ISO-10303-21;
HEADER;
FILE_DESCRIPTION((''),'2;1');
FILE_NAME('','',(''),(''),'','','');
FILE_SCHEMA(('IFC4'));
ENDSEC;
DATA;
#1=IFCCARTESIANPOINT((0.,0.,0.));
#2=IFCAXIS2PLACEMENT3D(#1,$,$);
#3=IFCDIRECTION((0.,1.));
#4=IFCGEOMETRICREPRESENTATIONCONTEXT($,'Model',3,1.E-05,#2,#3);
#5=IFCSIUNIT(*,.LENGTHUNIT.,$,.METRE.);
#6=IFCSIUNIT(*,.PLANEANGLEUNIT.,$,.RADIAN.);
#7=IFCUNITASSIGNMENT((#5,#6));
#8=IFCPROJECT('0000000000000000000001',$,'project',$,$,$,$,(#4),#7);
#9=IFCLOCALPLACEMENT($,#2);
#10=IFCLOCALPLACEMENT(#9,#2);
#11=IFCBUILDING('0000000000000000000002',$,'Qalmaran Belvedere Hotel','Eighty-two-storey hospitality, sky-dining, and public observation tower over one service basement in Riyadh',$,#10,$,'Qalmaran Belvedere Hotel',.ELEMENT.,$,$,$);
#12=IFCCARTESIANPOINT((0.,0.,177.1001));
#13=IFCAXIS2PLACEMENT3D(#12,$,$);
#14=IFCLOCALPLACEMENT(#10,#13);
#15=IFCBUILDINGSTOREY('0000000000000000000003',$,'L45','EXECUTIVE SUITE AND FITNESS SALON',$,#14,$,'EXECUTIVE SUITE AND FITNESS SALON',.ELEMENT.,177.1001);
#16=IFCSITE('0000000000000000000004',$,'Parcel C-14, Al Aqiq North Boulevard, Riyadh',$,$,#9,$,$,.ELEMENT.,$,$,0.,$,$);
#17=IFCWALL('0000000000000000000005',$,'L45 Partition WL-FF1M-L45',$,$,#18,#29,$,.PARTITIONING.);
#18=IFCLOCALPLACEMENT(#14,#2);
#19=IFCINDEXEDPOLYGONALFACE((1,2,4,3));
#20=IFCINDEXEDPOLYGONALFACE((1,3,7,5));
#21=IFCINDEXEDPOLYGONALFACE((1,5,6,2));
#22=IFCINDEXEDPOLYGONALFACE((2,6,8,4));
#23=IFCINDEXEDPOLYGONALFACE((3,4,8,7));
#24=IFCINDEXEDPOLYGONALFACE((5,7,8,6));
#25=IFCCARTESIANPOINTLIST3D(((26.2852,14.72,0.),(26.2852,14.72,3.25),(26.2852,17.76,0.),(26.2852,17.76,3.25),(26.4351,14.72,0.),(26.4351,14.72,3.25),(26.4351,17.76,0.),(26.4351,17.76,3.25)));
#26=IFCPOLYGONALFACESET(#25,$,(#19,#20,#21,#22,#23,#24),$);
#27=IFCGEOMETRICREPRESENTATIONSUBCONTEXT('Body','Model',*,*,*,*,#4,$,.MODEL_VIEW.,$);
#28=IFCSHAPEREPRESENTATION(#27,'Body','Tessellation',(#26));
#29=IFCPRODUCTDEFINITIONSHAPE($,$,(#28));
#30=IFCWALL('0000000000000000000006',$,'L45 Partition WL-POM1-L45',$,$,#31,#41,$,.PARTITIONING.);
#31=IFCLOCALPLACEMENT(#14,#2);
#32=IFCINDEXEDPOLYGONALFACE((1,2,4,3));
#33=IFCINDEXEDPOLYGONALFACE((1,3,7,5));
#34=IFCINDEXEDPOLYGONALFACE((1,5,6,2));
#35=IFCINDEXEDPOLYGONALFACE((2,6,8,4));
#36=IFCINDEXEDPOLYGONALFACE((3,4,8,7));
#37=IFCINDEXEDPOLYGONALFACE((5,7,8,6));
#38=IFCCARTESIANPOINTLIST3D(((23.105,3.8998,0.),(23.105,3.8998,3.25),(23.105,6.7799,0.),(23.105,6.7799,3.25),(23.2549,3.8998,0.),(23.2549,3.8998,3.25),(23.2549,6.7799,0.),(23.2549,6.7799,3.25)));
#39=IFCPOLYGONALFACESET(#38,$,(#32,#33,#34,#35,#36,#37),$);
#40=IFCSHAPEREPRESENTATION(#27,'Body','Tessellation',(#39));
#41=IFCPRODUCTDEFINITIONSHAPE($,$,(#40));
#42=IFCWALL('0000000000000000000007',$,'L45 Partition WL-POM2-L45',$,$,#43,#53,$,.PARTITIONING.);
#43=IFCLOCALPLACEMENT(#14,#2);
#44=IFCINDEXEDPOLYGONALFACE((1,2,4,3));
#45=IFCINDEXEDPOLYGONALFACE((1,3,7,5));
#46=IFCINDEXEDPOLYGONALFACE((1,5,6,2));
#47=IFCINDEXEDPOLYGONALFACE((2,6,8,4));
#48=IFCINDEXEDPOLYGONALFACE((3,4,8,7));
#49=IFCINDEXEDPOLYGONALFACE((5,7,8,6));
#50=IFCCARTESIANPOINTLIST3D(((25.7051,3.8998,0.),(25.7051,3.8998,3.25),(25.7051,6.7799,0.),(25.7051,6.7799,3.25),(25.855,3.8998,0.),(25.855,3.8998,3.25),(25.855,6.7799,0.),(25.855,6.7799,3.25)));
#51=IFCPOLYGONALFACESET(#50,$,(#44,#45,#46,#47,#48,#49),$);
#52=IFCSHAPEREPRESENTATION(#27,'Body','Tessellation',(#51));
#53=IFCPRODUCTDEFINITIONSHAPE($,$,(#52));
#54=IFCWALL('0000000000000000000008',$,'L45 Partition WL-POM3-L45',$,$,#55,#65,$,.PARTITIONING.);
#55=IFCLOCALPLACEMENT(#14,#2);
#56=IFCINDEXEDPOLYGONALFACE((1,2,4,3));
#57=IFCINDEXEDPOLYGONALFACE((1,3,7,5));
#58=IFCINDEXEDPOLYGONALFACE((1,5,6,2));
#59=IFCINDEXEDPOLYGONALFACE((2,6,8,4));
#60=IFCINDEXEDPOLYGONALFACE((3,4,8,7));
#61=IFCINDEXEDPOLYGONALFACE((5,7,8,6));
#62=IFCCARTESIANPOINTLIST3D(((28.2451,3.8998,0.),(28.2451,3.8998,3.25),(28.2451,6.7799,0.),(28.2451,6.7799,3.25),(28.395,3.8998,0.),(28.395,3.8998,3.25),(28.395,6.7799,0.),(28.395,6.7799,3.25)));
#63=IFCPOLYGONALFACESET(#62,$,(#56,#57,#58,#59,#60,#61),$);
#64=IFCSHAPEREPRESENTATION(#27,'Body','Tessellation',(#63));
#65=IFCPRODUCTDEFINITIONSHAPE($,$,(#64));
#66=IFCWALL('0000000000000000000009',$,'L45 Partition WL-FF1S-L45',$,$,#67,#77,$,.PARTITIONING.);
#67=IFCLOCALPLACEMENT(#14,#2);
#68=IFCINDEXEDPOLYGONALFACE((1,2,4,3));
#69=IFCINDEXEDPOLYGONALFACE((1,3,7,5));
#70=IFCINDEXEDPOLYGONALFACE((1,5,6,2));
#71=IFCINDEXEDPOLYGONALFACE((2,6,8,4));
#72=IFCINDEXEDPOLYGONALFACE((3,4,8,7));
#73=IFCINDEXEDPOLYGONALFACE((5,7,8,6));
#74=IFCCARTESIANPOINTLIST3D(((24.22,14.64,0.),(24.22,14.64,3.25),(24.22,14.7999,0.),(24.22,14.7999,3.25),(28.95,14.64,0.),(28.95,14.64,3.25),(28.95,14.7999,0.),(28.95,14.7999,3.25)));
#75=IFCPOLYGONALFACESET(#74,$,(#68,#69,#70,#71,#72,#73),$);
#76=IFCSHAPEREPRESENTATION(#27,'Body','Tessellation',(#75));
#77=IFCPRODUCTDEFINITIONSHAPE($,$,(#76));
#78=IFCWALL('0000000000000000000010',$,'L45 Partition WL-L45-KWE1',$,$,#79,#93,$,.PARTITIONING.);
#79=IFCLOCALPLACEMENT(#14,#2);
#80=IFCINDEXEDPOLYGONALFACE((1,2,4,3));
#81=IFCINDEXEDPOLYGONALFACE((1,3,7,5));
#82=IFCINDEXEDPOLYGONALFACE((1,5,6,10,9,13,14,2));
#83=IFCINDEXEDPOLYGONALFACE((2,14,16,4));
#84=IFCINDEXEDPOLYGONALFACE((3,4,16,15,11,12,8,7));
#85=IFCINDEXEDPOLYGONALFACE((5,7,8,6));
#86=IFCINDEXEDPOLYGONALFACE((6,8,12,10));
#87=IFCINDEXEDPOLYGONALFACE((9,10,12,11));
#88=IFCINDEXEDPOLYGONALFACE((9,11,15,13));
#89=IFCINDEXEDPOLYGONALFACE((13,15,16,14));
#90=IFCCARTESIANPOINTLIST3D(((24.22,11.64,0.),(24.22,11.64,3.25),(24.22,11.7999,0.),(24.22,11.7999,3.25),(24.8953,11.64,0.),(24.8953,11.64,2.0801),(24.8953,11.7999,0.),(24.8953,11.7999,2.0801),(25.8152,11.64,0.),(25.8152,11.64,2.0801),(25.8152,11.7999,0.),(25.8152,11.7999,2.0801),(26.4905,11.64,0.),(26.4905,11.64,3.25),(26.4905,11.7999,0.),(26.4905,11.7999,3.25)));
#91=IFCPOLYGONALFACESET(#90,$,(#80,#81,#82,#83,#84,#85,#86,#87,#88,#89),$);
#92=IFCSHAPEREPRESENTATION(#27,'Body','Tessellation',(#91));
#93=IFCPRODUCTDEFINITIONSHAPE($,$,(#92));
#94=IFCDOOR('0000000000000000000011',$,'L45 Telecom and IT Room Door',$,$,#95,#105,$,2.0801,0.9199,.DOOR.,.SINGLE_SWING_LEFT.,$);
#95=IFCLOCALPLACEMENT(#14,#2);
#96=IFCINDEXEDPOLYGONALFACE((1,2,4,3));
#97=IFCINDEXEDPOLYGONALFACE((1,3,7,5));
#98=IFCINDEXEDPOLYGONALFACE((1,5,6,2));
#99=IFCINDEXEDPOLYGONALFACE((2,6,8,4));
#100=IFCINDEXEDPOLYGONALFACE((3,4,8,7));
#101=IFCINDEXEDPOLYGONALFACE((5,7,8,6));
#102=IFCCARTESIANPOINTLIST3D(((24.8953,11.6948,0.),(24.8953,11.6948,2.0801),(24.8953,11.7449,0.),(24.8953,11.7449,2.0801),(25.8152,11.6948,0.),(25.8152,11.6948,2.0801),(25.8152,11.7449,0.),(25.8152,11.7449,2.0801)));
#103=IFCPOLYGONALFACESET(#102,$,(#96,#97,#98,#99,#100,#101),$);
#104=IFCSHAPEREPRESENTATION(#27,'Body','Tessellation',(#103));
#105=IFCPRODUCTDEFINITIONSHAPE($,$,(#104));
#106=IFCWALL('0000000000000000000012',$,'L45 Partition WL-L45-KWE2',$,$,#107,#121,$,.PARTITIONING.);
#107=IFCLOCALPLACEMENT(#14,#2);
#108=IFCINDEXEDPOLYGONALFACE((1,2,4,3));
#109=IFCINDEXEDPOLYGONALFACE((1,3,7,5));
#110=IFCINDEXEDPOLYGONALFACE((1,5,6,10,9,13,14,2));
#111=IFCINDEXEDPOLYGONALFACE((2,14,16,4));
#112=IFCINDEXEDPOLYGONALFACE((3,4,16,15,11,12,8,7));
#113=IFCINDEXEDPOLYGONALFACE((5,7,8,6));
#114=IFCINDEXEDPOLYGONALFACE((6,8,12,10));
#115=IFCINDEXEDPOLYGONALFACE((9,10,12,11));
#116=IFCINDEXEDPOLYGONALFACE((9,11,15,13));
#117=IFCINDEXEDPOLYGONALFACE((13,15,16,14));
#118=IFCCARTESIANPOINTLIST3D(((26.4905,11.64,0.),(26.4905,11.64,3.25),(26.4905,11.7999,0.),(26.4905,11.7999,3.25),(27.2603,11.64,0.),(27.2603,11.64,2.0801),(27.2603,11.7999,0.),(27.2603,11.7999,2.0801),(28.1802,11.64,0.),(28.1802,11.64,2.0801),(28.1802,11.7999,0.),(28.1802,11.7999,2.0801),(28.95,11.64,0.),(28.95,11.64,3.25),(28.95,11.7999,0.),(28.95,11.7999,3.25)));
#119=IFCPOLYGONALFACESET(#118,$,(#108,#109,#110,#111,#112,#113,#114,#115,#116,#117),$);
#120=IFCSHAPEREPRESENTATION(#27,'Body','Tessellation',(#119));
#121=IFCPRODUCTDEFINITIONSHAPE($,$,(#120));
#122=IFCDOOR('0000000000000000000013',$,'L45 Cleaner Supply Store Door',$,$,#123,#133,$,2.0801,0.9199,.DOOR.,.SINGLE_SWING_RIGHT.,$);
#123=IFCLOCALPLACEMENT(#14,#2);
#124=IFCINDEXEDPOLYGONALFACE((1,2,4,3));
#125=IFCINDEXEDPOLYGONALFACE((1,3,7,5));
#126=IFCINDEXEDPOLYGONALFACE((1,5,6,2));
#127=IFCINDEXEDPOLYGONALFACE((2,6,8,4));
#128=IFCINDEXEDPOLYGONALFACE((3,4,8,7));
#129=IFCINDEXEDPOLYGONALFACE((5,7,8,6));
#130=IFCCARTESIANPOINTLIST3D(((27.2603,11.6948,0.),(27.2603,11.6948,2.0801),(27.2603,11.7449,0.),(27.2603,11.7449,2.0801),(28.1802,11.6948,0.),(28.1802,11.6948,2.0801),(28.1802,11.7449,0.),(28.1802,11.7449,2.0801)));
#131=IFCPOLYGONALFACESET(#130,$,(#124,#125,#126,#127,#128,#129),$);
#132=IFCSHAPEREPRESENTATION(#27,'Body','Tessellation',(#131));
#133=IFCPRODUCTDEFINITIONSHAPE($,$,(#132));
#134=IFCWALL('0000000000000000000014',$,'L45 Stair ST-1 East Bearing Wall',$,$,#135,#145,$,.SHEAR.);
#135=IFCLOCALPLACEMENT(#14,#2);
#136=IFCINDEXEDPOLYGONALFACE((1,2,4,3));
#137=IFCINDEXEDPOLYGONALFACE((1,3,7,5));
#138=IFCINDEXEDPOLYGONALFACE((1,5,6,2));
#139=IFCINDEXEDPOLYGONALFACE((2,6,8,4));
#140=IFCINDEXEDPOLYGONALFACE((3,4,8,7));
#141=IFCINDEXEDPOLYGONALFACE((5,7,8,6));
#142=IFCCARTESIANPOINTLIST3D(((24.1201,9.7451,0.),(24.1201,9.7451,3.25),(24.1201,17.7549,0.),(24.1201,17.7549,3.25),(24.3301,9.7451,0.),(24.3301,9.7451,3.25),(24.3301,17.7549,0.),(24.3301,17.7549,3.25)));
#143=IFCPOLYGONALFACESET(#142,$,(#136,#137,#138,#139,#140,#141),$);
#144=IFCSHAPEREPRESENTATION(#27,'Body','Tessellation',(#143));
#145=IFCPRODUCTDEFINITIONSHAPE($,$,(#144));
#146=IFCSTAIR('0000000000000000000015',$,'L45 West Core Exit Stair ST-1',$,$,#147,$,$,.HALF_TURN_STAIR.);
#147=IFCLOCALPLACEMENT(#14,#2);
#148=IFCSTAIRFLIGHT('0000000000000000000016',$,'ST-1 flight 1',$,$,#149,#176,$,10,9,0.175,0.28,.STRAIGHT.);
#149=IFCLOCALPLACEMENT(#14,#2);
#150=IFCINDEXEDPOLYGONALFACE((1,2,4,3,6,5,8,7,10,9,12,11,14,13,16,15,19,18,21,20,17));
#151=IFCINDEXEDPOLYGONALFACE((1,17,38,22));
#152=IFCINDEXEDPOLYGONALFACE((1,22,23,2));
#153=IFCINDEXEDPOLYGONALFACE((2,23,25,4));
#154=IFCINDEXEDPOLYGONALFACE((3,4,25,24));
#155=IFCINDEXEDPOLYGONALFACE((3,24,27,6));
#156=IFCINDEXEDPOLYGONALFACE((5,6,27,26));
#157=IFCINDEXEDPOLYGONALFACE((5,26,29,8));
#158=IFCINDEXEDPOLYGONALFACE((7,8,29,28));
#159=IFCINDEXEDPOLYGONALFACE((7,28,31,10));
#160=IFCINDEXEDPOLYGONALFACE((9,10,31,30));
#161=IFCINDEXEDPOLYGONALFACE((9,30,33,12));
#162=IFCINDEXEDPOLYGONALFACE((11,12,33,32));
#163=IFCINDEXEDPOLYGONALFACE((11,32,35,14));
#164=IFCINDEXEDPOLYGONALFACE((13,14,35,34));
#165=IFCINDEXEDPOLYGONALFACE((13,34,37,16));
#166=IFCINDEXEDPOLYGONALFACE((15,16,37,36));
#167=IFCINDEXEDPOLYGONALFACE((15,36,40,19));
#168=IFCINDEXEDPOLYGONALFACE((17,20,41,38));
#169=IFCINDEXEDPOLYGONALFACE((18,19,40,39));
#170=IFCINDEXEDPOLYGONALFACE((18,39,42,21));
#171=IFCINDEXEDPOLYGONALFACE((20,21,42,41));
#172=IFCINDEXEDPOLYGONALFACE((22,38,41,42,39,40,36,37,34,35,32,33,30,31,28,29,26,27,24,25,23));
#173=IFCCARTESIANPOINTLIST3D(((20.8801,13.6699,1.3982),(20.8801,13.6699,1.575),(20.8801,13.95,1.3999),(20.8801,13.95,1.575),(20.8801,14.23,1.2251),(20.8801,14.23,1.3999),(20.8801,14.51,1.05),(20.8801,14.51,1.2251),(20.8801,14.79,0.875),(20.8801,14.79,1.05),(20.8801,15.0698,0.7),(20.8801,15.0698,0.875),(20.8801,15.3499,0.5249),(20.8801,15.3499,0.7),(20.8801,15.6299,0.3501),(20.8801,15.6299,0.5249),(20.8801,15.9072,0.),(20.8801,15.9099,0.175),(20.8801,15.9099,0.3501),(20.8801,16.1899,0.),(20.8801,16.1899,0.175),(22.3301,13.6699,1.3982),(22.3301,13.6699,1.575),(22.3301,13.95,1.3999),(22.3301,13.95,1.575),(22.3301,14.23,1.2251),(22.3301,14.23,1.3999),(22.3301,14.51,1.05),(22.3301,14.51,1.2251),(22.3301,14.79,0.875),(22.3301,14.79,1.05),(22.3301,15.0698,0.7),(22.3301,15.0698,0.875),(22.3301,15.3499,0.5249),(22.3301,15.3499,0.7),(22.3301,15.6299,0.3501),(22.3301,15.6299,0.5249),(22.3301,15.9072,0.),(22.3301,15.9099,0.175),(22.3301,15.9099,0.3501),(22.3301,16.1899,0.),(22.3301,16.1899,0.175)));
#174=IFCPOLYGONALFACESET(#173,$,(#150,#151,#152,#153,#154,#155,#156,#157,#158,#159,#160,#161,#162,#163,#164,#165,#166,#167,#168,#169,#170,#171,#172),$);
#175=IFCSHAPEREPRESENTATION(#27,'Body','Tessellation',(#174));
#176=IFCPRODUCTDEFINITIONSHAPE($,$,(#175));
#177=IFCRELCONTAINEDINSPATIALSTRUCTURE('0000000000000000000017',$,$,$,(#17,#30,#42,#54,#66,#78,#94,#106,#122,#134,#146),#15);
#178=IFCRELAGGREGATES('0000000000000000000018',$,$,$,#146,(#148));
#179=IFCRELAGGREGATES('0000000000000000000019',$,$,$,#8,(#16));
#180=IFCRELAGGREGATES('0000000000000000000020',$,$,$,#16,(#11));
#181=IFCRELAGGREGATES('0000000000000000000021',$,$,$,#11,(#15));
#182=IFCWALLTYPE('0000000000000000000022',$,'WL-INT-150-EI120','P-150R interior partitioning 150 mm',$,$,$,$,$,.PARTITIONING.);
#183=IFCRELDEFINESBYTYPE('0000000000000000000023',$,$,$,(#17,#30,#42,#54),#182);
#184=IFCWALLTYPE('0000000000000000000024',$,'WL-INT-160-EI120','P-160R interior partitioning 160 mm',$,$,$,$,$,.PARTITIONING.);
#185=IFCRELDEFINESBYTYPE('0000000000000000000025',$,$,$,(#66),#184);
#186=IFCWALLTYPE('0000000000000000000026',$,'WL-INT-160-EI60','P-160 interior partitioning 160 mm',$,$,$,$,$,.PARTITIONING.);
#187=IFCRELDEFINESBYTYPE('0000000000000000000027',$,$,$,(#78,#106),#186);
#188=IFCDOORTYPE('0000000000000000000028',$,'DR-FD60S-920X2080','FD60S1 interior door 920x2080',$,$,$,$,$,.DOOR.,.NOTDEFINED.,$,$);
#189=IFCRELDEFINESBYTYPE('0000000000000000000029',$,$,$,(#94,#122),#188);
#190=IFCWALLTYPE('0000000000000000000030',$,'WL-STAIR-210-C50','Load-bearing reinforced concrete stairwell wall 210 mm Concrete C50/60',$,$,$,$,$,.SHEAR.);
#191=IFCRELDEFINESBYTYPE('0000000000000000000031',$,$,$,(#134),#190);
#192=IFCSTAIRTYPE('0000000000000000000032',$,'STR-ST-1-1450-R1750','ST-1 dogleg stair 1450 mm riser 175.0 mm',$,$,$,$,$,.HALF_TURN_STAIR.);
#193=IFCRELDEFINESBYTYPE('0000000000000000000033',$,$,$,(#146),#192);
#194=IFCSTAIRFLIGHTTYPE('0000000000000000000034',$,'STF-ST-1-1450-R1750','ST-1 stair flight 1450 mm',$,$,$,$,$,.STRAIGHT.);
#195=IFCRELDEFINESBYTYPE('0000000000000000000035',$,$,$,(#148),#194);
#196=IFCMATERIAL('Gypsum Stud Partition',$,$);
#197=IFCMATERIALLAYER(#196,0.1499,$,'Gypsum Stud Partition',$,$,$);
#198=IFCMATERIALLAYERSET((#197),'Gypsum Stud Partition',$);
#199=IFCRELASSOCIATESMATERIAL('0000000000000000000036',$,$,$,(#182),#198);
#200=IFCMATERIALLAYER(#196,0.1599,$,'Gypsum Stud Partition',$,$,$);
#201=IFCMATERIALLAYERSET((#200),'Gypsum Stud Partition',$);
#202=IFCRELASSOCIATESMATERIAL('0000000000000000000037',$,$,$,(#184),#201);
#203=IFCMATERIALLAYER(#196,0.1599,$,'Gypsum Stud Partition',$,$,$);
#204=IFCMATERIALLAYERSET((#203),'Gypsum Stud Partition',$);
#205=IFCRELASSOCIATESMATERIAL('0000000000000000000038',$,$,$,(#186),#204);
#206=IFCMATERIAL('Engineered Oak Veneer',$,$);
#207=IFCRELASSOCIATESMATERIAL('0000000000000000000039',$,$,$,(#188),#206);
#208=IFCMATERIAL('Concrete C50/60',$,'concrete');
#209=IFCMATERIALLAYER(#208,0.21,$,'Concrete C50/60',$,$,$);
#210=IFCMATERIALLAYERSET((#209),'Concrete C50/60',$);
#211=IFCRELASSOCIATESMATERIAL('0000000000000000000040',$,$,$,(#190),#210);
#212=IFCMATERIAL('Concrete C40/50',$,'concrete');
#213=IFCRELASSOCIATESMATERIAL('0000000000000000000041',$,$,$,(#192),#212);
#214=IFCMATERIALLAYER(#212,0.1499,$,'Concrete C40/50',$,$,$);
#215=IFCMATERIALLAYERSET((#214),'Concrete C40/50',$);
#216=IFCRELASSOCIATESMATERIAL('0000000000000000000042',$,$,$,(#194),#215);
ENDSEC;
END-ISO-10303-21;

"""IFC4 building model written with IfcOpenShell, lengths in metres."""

from ifc_helpers import new_model, si_unit, direction, frame, frame_2d, origin, place, context, subcontext, project, spatial, polyline, rectangle, outline, extrude, material, layer, layer_set, type_object, element, fill, aggregate, save


model = new_model("IFC4")

# Units and contexts
model_context = context("Model", 3, precision=1e-05, world=origin(), true_north=direction((0.0, 1.0)))
body_context = subcontext(model_context, "Body", "Model", "MODEL_VIEW")
ifc_project = project(units=[si_unit("LENGTHUNIT", "METRE"), si_unit("PLANEANGLEUNIT", "RADIAN")], contexts=[model_context])

# Site, building, storey
site_placement = place(None, origin())
site = spatial("IfcSite", under=ifc_project, at=site_placement, Name="Parcel C-14, Al Aqiq North Boulevard, Riyadh", CompositionType="ELEMENT", RefElevation=0.0)
building_placement = place(site_placement, origin())
building = spatial("IfcBuilding", under=site, at=building_placement, Name="Qalmaran Belvedere Hotel", Description="Eighty-two-storey hospitality, sky-dining, and public observation tower over one service basement in Riyadh", LongName="Qalmaran Belvedere Hotel", CompositionType="ELEMENT")
storey_placement = place(building_placement, frame((0.0, 0.0, 177.1001)))
storey = spatial("IfcBuildingStorey", under=building, at=storey_placement, Name="L45", Description="EXECUTIVE SUITE AND FITNESS SALON", LongName="EXECUTIVE SUITE AND FITNESS SALON", CompositionType="ELEMENT", Elevation=177.1001)

# Walls
ifc_material_1 = material(Name="Gypsum Stud Partition")
ifc_layer_1 = layer(ifc_material_1, 0.1499, Name="Gypsum Stud Partition")
ifc_layer_set_1 = layer_set([ifc_layer_1], Name="Gypsum Stud Partition")
wall_type_1 = type_object("IfcWallType", Name="WL-INT-150-EI120", Description="P-150R interior partitioning 150 mm", PredefinedType="PARTITIONING", material=ifc_layer_set_1)
wall_1_placement = place(storey_placement, frame((26.3601, 14.72, 0.0), z_axis=(0.0, 0.0, 1.0), x_axis=(0.0, 1.0, 0.0)))
element("IfcWall", 1, at=wall_1_placement, inside=storey, type_object=wall_type_1, Name="L45 Partition WL-FF1M-L45", PredefinedType="PARTITIONING", context=body_context, shape_type="SweptSolid", body=[
    extrude(rectangle(XDim=3.04, YDim=0.1499, at=frame_2d((1.52, 0.0))), origin(), (0.0, 0.0, 1.0), 3.25),
])
for number, where, z_axis, x_axis, name in (
    (2, (23.1799, 3.8999, 0.0), (0.0, 0.0, 1.0), (0.0, 1.0, 0.0), "L45 Partition WL-POM1-L45"),
    (3, (25.78, 3.8999, 0.0), (0.0, 0.0, 1.0), (0.0, 1.0, 0.0), "L45 Partition WL-POM2-L45"),
    (4, (28.3201, 3.8999, 0.0), (0.0, 0.0, 1.0), (0.0, 1.0, 0.0), "L45 Partition WL-POM3-L45"),
):
    element("IfcWall", number, at=place(storey_placement, frame(where, z_axis=z_axis, x_axis=x_axis)), inside=storey, type_object=wall_type_1, Name=name, PredefinedType="PARTITIONING", context=body_context, shape_type="SweptSolid", body=[
        extrude(rectangle(XDim=2.8801, YDim=0.1499, at=frame_2d((1.4399, 0.0))), origin(), (0.0, 0.0, 1.0), 3.25),
    ])
ifc_layer_2 = layer(ifc_material_1, 0.1599, Name="Gypsum Stud Partition")
ifc_layer_set_2 = layer_set([ifc_layer_2], Name="Gypsum Stud Partition")
wall_type_2 = type_object("IfcWallType", Name="WL-INT-160-EI120", Description="P-160R interior partitioning 160 mm", PredefinedType="PARTITIONING", material=ifc_layer_set_2)
wall_2_placement = place(storey_placement, frame((24.22, 14.72, 0.0), z_axis=(0.0, 0.0, 1.0), x_axis=(1.0, 0.0, 0.0)))
element("IfcWall", 5, at=wall_2_placement, inside=storey, type_object=wall_type_2, Name="L45 Partition WL-FF1S-L45", PredefinedType="PARTITIONING", context=body_context, shape_type="SweptSolid", body=[
    extrude(rectangle(XDim=4.73, YDim=0.1599, at=frame_2d((2.365, 0.0))), origin(), (0.0, 0.0, 1.0), 3.25),
])

# Walls, openings, doors
ifc_layer_3 = layer(ifc_material_1, 0.1599, Name="Gypsum Stud Partition")
ifc_layer_set_3 = layer_set([ifc_layer_3], Name="Gypsum Stud Partition")
wall_type_3 = type_object("IfcWallType", Name="WL-INT-160-EI60", Description="P-160 interior partitioning 160 mm", PredefinedType="PARTITIONING", material=ifc_layer_set_3)
wall_3_placement = place(storey_placement, frame((24.22, 11.72, 0.0), z_axis=(0.0, 0.0, 1.0), x_axis=(1.0, 0.0, 0.0)))
wall_3 = element("IfcWall", 6, at=wall_3_placement, inside=storey, type_object=wall_type_3, Name="L45 Partition WL-L45-KWE1", PredefinedType="PARTITIONING", context=body_context, shape_type="SweptSolid", body=[
    extrude(rectangle(XDim=2.2705, YDim=0.1599, at=frame_2d((1.1353, 0.0))), origin(), (0.0, 0.0, 1.0), 3.25),
])
opening_1_placement = place(wall_3_placement, frame((0.6753, 0.0, 0.0)))
opening_1 = element("IfcOpeningElement", 7, at=opening_1_placement, cuts=wall_3, PredefinedType="OPENING", context=body_context, shape_type="SweptSolid", body=[
    extrude(rectangle(XDim=0.9199, YDim=2.0801, at=frame_2d((0.46, 1.04))), frame((0.0, 0.0898, 0.0), z_axis=(0.0, -1.0, 0.0), x_axis=(1.0, 0.0, 0.0)), (0.0, 0.0, 1.0), 0.1799),
])
ifc_material_2 = material(Name="Engineered Oak Veneer")
door_type_1 = type_object("IfcDoorType", Name="DR-FD60S-920X2080", Description="FD60S1 interior door 920x2080", OperationType="NOTDEFINED", PredefinedType="DOOR", material=ifc_material_2)
door_1_placement = place(opening_1_placement, origin())
door_1 = element("IfcDoor", 8, at=door_1_placement, inside=storey, type_object=door_type_1, Name="L45 Telecom and IT Room Door", OperationType="SINGLE_SWING_LEFT", OverallHeight=2.0801, OverallWidth=0.9199, PredefinedType="DOOR", context=body_context, shape_type="SweptSolid", body=[
    extrude(rectangle(XDim=0.9199, YDim=2.0801, at=frame_2d((0.46, 1.04))), frame((0.0, 0.0249, 0.0), z_axis=(0.0, -1.0, 0.0), x_axis=(1.0, 0.0, 0.0)), (0.0, 0.0, 1.0), 0.05),
])
fill(opening_1, door_1)
wall_4_placement = place(storey_placement, frame((26.4905, 11.72, 0.0), z_axis=(0.0, 0.0, 1.0), x_axis=(1.0, 0.0, 0.0)))
wall_4 = element("IfcWall", 9, at=wall_4_placement, inside=storey, type_object=wall_type_3, Name="L45 Partition WL-L45-KWE2", PredefinedType="PARTITIONING", context=body_context, shape_type="SweptSolid", body=[
    extrude(rectangle(XDim=2.4595, YDim=0.1599, at=frame_2d((1.2297, 0.0))), origin(), (0.0, 0.0, 1.0), 3.25),
])
opening_2_placement = place(wall_4_placement, frame((0.7698, 0.0, 0.0)))
opening_2 = element("IfcOpeningElement", 10, at=opening_2_placement, cuts=wall_4, PredefinedType="OPENING", context=body_context, shape_type="SweptSolid", body=[
    extrude(rectangle(XDim=0.9199, YDim=2.0801, at=frame_2d((0.46, 1.04))), frame((0.0, 0.0898, 0.0), z_axis=(0.0, -1.0, 0.0), x_axis=(1.0, 0.0, 0.0)), (0.0, 0.0, 1.0), 0.1799),
])
door_2_placement = place(opening_2_placement, origin())
door_2 = element("IfcDoor", 11, at=door_2_placement, inside=storey, type_object=door_type_1, Name="L45 Cleaner Supply Store Door", OperationType="SINGLE_SWING_RIGHT", OverallHeight=2.0801, OverallWidth=0.9199, PredefinedType="DOOR", context=body_context, shape_type="SweptSolid", body=[
    extrude(rectangle(XDim=0.9199, YDim=2.0801, at=frame_2d((0.46, 1.04))), frame((0.0, 0.0249, 0.0), z_axis=(0.0, -1.0, 0.0), x_axis=(1.0, 0.0, 0.0)), (0.0, 0.0, 1.0), 0.05),
])
fill(opening_2, door_2)

# Wall
ifc_material_3 = material(Name="Concrete C50/60", Category="concrete")
ifc_layer_4 = layer(ifc_material_3, 0.21, Name="Concrete C50/60")
ifc_layer_set_4 = layer_set([ifc_layer_4], Name="Concrete C50/60")
wall_type_4 = type_object("IfcWallType", Name="WL-STAIR-210-C50", Description="Load-bearing reinforced concrete stairwell wall 210 mm Concrete C50/60", PredefinedType="SHEAR", material=ifc_layer_set_4)
wall_5_placement = place(storey_placement, frame((24.2251, 9.7451, 0.0), z_axis=(0.0, 0.0, 1.0), x_axis=(0.0, 1.0, 0.0)))
element("IfcWall", 12, at=wall_5_placement, inside=storey, type_object=wall_type_4, Name="L45 Stair ST-1 East Bearing Wall", PredefinedType="SHEAR", context=body_context, shape_type="SweptSolid", body=[
    extrude(rectangle(XDim=8.0098, YDim=0.21, at=frame_2d((4.0049, 0.0))), origin(), (0.0, 0.0, 1.0), 3.25),
])

# Stair, stair flight
ifc_material_4 = material(Name="Concrete C40/50", Category="concrete")
stair_type = type_object("IfcStairType", Name="STR-ST-1-1450-R1750", Description="ST-1 dogleg stair 1450 mm riser 175.0 mm", PredefinedType="HALF_TURN_STAIR", material=ifc_material_4)
stair_placement = place(storey_placement, origin())
stair = element("IfcStair", 13, at=stair_placement, inside=storey, type_object=stair_type, Name="L45 West Core Exit Stair ST-1", PredefinedType="HALF_TURN_STAIR")
ifc_layer_5 = layer(ifc_material_4, 0.1499, Name="Concrete C40/50")
ifc_layer_set_5 = layer_set([ifc_layer_5], Name="Concrete C40/50")
stair_flight_type = type_object("IfcStairFlightType", Name="STF-ST-1-1450-R1750", Description="ST-1 stair flight 1450 mm", PredefinedType="STRAIGHT", material=ifc_layer_set_5)
stair_flight_1_placement = place(storey_placement, frame((21.605, 16.1899, 0.0), z_axis=(0.0, 0.0, 1.0), x_axis=(0.0, -1.0, 0.0)))
stair_flight_1 = element("IfcStairFlight", 14, at=stair_flight_1_placement, type_object=stair_flight_type, Name="ST-1 flight 1", NumberOfRisers=10, NumberOfTreads=9, PredefinedType="STRAIGHT", RiserHeight=0.175, TreadLength=0.28, context=body_context, shape_type="SweptSolid", body=[
    extrude(outline(polyline([(0.0, 0.0), (0.0, 0.175), (0.28, 0.175), (0.28, 0.3501), (0.5601, 0.3501), (0.5601, 0.5249), (0.8401, 0.5249), (0.8401, 0.7), (1.1201, 0.7), (1.1201, 0.875), (1.3999, 0.875), (1.3999, 1.05), (1.6799, 1.05), (1.6799, 1.2251), (1.96, 1.2251), (1.96, 1.3999), (2.24, 1.3999), (2.24, 1.575), (2.52, 1.575), (2.52, 1.75), (2.52, 1.3982), (0.2827, 0.0), (0.0, 0.0)])), frame((0.0, 0.7251, 0.0), z_axis=(0.0, -1.0, 0.0), x_axis=(1.0, 0.0, 0.0)), (0.0, 0.0, 1.0), 1.45),
])
aggregate(stair, [stair_flight_1])

save(model, "model.ifc")
